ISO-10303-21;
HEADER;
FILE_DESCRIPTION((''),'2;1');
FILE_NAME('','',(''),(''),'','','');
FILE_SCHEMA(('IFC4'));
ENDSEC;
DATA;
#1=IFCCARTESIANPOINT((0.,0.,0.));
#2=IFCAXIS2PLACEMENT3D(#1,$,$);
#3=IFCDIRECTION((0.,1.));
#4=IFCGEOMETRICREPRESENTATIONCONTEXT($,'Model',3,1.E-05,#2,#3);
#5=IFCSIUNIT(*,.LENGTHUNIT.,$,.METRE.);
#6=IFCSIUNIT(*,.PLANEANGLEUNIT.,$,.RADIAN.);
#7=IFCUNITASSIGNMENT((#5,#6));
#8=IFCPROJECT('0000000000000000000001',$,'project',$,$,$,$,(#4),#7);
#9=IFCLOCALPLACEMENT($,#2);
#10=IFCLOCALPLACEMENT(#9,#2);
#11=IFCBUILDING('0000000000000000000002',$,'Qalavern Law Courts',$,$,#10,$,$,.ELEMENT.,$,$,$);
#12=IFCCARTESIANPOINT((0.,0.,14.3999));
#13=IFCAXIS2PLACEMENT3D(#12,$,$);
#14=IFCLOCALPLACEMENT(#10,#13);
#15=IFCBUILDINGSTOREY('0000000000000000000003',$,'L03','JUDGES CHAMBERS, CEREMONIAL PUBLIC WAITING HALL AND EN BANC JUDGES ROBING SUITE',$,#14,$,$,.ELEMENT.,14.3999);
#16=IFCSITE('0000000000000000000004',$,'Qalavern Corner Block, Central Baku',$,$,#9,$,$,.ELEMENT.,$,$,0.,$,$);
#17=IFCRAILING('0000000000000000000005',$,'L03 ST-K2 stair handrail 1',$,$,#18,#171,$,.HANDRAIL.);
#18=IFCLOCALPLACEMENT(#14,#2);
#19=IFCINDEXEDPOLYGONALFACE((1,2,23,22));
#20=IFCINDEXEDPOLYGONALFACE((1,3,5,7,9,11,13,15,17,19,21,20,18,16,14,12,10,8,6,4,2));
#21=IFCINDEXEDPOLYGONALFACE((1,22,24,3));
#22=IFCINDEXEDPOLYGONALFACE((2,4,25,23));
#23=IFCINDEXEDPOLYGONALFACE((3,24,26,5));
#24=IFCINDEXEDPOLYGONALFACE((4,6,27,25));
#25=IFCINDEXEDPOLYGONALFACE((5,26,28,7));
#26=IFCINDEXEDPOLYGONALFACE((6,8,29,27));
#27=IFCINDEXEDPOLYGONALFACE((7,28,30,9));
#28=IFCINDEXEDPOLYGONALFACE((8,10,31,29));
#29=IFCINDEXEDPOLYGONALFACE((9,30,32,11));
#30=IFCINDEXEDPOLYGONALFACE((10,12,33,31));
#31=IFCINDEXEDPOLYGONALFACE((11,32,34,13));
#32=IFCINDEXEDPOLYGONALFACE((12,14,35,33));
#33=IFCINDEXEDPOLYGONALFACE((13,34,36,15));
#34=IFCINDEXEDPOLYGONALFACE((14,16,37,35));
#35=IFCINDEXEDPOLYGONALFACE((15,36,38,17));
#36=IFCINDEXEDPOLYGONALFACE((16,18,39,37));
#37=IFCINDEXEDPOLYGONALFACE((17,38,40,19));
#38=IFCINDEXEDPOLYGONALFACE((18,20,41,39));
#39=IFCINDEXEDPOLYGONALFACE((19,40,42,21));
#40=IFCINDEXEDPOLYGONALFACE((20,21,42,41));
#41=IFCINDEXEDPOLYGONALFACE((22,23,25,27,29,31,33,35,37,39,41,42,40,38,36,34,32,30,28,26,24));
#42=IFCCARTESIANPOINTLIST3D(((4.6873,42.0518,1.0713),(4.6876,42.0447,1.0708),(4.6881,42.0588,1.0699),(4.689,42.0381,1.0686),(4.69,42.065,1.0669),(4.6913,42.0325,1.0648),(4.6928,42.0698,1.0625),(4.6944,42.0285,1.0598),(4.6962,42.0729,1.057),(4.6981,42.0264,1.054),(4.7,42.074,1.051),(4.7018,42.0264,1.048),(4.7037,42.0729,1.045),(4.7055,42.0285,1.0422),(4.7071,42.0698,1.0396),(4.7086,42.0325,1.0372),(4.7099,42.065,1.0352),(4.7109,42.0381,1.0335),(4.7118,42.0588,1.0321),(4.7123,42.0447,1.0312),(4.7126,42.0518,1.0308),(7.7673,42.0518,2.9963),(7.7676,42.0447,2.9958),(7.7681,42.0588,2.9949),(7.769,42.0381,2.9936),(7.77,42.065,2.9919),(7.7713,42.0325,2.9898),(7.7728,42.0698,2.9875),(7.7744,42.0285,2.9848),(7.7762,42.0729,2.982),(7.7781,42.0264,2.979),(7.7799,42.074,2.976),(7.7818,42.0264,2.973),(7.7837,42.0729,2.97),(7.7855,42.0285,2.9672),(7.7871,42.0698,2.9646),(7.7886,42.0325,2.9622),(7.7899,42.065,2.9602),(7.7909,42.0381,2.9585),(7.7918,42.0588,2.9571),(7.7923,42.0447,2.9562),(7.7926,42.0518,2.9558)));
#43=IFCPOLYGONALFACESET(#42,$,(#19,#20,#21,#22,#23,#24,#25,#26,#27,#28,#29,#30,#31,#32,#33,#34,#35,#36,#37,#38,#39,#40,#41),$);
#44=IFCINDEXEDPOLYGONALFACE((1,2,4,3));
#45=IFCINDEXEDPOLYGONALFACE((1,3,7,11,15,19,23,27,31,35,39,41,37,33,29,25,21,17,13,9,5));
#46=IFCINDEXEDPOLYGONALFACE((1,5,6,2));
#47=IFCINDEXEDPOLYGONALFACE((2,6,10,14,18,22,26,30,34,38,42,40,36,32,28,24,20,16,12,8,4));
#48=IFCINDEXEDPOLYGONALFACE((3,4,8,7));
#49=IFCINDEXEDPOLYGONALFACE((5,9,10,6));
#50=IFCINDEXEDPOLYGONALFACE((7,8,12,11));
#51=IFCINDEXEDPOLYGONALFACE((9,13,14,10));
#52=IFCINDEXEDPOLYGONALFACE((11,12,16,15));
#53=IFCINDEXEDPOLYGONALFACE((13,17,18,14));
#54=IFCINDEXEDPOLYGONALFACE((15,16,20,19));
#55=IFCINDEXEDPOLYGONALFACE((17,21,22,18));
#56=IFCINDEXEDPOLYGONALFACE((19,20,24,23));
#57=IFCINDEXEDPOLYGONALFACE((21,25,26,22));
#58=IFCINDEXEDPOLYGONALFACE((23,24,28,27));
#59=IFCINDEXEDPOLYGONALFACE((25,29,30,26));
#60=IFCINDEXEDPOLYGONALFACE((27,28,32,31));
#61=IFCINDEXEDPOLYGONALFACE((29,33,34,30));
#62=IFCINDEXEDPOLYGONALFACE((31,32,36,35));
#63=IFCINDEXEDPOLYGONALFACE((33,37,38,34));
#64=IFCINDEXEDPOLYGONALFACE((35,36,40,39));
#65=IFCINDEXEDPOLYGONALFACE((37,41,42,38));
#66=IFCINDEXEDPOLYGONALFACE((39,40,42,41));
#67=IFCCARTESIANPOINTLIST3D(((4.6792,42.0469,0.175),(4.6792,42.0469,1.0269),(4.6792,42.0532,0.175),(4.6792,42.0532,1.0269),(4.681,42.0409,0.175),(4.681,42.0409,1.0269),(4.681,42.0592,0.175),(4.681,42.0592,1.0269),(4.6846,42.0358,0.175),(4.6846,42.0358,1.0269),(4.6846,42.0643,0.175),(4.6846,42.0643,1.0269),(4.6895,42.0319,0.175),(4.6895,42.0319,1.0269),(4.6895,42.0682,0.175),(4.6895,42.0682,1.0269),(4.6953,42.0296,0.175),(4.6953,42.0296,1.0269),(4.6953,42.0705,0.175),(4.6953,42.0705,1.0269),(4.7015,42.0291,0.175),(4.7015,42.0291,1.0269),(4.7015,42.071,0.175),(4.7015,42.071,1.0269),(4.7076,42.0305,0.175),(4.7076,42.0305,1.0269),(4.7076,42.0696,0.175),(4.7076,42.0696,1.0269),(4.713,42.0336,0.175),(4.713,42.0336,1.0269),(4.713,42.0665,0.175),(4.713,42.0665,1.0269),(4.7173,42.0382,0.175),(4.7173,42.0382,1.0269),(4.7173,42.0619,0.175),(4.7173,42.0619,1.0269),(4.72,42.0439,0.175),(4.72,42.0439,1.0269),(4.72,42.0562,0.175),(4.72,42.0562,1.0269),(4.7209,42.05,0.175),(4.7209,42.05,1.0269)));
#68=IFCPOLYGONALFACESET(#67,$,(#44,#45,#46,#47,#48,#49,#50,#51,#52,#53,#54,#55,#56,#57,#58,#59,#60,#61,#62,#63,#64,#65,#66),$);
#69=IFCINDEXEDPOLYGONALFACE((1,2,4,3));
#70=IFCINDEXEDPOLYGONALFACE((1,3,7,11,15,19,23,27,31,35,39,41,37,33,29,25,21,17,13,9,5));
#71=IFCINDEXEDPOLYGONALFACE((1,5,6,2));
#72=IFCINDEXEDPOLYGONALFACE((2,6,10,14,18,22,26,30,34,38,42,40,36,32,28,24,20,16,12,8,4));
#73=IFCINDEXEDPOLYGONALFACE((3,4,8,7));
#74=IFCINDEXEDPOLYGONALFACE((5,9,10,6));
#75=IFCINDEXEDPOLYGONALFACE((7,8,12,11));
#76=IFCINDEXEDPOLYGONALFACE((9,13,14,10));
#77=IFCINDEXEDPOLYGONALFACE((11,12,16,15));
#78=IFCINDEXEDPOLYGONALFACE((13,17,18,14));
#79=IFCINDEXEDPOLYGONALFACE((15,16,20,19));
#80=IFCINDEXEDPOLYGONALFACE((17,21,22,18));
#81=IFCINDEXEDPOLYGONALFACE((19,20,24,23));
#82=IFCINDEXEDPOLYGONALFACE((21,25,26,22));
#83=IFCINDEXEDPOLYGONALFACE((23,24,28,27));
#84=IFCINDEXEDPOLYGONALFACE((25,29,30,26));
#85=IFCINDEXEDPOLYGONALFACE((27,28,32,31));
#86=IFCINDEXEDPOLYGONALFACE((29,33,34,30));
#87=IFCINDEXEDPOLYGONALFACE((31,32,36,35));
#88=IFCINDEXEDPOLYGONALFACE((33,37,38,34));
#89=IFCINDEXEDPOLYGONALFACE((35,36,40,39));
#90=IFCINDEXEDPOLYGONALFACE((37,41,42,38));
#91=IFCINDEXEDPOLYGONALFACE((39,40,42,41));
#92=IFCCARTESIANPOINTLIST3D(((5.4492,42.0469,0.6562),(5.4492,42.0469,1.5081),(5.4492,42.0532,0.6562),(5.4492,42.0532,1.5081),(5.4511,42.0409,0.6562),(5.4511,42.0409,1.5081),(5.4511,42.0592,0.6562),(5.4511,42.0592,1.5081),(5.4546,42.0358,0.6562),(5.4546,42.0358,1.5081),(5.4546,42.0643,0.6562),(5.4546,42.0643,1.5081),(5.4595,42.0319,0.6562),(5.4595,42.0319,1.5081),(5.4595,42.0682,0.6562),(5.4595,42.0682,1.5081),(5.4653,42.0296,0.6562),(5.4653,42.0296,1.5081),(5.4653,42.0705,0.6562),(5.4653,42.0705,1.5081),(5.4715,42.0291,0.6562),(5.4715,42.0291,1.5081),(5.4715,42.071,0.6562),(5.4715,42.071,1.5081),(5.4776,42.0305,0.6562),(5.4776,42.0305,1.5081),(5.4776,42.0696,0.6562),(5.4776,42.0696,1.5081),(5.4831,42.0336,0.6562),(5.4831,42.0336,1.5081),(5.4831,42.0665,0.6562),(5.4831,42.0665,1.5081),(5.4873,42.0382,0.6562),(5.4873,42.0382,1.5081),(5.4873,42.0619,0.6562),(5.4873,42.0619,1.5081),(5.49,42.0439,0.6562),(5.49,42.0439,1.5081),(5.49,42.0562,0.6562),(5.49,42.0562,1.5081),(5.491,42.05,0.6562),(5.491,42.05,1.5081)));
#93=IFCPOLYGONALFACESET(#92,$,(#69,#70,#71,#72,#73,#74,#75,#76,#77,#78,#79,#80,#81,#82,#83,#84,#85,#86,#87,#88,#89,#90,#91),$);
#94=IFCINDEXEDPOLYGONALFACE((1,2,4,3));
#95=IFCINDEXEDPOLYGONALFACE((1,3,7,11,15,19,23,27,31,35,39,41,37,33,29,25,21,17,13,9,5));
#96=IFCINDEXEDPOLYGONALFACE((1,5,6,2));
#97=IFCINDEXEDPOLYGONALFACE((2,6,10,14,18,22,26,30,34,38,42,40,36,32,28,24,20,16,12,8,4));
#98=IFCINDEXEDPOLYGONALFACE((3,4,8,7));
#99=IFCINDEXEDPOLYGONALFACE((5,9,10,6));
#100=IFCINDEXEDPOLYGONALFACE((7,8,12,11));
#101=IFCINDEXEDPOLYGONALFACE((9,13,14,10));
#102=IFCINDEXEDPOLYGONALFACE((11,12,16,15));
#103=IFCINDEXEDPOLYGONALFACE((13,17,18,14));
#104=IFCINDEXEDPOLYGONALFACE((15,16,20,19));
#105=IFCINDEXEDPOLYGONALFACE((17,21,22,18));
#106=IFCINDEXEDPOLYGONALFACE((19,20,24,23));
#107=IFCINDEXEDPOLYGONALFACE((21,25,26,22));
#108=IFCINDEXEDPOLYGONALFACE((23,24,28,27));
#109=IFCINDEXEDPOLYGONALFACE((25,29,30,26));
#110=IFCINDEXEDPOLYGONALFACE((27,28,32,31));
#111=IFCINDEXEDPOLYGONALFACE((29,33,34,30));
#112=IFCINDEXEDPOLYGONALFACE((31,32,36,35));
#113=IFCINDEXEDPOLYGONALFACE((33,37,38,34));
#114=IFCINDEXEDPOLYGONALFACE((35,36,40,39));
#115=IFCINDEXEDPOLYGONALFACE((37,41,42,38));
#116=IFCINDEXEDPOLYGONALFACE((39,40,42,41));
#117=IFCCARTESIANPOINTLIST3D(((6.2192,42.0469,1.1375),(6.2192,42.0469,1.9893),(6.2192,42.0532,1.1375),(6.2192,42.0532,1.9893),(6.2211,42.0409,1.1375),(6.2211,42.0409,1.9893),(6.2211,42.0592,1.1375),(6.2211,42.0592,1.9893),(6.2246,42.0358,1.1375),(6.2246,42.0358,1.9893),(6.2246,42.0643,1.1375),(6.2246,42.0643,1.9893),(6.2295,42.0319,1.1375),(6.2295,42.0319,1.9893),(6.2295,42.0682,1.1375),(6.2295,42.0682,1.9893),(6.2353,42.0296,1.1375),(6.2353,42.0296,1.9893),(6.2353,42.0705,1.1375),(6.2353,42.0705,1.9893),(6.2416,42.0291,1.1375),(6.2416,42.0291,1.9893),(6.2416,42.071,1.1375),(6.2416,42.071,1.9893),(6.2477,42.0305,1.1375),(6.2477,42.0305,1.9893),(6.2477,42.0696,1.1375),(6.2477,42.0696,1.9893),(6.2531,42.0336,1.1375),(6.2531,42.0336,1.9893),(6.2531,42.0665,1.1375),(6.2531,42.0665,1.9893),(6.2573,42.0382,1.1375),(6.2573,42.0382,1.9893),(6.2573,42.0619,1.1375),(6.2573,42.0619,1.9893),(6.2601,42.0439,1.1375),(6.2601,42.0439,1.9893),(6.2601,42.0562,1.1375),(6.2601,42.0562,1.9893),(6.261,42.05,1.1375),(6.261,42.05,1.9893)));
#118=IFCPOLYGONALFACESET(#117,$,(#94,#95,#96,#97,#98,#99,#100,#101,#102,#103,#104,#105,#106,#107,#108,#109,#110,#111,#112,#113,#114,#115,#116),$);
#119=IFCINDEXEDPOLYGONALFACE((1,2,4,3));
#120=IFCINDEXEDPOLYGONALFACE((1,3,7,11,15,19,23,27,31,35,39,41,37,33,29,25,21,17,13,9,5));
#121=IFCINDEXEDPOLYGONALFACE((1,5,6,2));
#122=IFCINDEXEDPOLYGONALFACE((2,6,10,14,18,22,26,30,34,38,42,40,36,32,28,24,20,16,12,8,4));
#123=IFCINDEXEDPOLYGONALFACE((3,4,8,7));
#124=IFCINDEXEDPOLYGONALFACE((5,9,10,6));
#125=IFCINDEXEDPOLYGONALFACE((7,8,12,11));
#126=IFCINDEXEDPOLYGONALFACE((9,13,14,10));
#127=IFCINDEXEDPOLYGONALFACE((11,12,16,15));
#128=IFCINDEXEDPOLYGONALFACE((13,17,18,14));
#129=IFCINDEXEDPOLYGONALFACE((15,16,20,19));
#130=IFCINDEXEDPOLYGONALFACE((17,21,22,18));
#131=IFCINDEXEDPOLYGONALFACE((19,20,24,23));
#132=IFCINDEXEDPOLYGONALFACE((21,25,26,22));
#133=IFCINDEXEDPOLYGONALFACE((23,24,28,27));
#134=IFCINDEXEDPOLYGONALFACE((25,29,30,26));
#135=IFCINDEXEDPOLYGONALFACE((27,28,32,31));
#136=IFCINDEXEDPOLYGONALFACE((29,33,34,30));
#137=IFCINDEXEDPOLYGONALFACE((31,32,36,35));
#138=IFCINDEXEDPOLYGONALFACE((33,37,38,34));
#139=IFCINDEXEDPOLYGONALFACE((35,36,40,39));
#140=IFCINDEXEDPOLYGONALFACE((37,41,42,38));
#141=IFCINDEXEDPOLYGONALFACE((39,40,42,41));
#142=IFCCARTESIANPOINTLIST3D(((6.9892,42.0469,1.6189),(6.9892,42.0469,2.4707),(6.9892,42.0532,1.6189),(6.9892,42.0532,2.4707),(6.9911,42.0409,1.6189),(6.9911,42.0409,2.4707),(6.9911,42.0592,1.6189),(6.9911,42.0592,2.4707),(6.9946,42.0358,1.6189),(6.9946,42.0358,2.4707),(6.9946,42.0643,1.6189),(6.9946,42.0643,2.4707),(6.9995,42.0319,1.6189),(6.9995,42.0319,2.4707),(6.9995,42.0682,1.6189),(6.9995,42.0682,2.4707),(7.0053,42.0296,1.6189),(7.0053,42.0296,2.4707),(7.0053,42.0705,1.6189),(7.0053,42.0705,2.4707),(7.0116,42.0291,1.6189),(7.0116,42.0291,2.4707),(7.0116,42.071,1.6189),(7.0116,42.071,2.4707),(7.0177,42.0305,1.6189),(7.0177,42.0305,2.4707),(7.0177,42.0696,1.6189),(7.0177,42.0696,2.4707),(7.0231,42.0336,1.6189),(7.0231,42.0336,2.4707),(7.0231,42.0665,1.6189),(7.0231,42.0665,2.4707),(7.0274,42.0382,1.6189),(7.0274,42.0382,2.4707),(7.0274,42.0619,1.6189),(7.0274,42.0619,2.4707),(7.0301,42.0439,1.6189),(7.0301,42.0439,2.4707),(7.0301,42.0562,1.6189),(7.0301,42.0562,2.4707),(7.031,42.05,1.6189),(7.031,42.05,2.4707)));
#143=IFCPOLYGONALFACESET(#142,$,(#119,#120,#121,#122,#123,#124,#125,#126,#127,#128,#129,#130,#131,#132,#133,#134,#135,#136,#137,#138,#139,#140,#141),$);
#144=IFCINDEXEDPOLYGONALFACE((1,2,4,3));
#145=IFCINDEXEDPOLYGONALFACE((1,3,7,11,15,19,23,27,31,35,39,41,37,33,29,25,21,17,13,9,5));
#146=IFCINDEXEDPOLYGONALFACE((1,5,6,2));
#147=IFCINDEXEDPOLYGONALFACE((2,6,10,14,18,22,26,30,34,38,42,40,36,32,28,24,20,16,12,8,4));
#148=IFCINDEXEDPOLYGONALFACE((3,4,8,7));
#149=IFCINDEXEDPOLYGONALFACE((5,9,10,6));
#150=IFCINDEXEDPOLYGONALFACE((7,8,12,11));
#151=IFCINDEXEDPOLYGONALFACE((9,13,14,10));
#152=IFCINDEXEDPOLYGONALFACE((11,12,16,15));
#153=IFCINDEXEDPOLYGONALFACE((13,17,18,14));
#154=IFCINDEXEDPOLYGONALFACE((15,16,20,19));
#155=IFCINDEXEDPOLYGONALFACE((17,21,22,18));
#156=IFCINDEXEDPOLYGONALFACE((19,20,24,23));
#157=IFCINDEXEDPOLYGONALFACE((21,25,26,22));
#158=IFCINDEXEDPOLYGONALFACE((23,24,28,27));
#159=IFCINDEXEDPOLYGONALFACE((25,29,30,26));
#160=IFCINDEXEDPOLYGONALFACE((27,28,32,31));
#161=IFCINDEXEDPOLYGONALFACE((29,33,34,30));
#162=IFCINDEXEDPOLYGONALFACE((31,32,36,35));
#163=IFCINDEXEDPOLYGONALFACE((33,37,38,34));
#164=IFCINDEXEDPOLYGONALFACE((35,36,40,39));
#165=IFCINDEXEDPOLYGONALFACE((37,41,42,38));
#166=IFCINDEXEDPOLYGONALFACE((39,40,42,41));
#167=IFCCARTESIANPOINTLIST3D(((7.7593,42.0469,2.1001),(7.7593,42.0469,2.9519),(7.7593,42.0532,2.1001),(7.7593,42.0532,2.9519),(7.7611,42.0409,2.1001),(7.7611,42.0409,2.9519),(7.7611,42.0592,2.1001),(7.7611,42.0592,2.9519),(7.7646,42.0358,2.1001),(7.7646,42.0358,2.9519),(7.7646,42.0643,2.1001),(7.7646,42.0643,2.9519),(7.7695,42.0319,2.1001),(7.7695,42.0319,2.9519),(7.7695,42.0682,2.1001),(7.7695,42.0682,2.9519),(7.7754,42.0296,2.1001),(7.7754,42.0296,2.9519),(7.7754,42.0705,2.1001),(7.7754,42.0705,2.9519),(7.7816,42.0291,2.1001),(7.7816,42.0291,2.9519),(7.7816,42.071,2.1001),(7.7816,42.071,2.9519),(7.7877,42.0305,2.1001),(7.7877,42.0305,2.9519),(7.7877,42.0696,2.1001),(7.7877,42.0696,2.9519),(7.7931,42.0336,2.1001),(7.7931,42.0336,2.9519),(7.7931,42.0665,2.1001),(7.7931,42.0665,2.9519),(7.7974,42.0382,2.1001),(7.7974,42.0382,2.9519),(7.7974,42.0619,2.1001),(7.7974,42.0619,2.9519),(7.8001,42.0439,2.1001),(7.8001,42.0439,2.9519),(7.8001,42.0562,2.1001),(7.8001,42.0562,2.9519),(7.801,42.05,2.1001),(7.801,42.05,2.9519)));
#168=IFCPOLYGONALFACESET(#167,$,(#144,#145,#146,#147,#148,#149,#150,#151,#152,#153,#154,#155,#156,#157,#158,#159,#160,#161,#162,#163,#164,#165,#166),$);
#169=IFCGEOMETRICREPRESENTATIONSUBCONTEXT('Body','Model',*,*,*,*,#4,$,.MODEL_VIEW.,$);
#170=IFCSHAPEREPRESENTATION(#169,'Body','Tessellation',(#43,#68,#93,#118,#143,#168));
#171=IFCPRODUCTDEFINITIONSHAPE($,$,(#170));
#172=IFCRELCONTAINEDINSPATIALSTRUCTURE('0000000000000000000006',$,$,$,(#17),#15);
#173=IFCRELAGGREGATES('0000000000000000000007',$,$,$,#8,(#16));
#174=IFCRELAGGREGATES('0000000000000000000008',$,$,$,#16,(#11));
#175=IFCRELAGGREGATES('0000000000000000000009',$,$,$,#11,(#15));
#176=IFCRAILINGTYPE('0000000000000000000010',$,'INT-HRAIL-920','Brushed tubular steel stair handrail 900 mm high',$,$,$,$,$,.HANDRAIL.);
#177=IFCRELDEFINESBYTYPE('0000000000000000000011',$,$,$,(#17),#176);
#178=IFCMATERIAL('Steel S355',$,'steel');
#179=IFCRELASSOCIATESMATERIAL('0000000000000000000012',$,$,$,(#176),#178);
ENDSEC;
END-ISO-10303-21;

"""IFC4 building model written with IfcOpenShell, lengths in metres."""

from ifc_helpers import new_model, si_unit, direction, frame, origin, origin_2d, place, context, subcontext, project, spatial, circle, extrude, material, type_object, element, save


model = new_model("IFC4")

# Units and contexts
model_context = context("Model", 3, precision=1e-05, world=origin(), true_north=direction((0.0, 1.0)))
body_context = subcontext(model_context, "Body", "Model", "MODEL_VIEW")
ifc_project = project(units=[si_unit("LENGTHUNIT", "METRE"), si_unit("PLANEANGLEUNIT", "RADIAN")], contexts=[model_context])

# Site, building, storey
site_placement = place(None, origin())
site = spatial("IfcSite", under=ifc_project, at=site_placement, Name="Qalavern Corner Block, Central Baku", CompositionType="ELEMENT", RefElevation=0.0)
building_placement = place(site_placement, origin())
building = spatial("IfcBuilding", under=site, at=building_placement, Name="Qalavern Law Courts", CompositionType="ELEMENT")
storey_placement = place(building_placement, frame((0.0, 0.0, 14.3999)))
storey = spatial("IfcBuildingStorey", under=building, at=storey_placement, Name="L03", Description="JUDGES CHAMBERS, CEREMONIAL PUBLIC WAITING HALL AND EN BANC JUDGES ROBING SUITE", CompositionType="ELEMENT", Elevation=14.3999)

# Shared definitions
ifc_material_1 = material(Name="Steel S355", Category="steel")

# Railing
railing_type_1 = type_object("IfcRailingType", Name="INT-HRAIL-920", Description="Brushed tubular steel stair handrail 900 mm high", PredefinedType="HANDRAIL", material=ifc_material_1)
railing_1_placement = place(storey_placement, frame((4.7, 42.05, 0.175)))
element("IfcRailing", 1, at=railing_1_placement, inside=storey, type_object=railing_type_1, Name="L03 ST-K2 stair handrail 1", PredefinedType="HANDRAIL", context=body_context, shape_type="SweptSolid", body=[
    extrude(circle(Radius=0.0239, at=origin_2d()), frame((0.0, 0.0, 0.876), z_axis=(0.847998, 0.0, 0.529999), x_axis=(0.0, 1.0, 0.0)), (0.0, 0.0, 1.0), 3.6321),
    extrude(circle(Radius=0.021, at=origin_2d()), origin(), (0.0, 0.0, 1.0), 0.8518),
    extrude(circle(Radius=0.021, at=origin_2d()), frame((0.77, 0.0, 0.4812)), (0.0, 0.0, 1.0), 0.8518),
    extrude(circle(Radius=0.021, at=origin_2d()), frame((1.54, 0.0, 0.9624)), (0.0, 0.0, 1.0), 0.8518),
    extrude(circle(Radius=0.021, at=origin_2d()), frame((2.3101, 0.0, 1.4438)), (0.0, 0.0, 1.0), 0.8518),
    extrude(circle(Radius=0.021, at=origin_2d()), frame((3.0801, 0.0, 1.925)), (0.0, 0.0, 1.0), 0.8518),
])

save(model, "model.ifc")
